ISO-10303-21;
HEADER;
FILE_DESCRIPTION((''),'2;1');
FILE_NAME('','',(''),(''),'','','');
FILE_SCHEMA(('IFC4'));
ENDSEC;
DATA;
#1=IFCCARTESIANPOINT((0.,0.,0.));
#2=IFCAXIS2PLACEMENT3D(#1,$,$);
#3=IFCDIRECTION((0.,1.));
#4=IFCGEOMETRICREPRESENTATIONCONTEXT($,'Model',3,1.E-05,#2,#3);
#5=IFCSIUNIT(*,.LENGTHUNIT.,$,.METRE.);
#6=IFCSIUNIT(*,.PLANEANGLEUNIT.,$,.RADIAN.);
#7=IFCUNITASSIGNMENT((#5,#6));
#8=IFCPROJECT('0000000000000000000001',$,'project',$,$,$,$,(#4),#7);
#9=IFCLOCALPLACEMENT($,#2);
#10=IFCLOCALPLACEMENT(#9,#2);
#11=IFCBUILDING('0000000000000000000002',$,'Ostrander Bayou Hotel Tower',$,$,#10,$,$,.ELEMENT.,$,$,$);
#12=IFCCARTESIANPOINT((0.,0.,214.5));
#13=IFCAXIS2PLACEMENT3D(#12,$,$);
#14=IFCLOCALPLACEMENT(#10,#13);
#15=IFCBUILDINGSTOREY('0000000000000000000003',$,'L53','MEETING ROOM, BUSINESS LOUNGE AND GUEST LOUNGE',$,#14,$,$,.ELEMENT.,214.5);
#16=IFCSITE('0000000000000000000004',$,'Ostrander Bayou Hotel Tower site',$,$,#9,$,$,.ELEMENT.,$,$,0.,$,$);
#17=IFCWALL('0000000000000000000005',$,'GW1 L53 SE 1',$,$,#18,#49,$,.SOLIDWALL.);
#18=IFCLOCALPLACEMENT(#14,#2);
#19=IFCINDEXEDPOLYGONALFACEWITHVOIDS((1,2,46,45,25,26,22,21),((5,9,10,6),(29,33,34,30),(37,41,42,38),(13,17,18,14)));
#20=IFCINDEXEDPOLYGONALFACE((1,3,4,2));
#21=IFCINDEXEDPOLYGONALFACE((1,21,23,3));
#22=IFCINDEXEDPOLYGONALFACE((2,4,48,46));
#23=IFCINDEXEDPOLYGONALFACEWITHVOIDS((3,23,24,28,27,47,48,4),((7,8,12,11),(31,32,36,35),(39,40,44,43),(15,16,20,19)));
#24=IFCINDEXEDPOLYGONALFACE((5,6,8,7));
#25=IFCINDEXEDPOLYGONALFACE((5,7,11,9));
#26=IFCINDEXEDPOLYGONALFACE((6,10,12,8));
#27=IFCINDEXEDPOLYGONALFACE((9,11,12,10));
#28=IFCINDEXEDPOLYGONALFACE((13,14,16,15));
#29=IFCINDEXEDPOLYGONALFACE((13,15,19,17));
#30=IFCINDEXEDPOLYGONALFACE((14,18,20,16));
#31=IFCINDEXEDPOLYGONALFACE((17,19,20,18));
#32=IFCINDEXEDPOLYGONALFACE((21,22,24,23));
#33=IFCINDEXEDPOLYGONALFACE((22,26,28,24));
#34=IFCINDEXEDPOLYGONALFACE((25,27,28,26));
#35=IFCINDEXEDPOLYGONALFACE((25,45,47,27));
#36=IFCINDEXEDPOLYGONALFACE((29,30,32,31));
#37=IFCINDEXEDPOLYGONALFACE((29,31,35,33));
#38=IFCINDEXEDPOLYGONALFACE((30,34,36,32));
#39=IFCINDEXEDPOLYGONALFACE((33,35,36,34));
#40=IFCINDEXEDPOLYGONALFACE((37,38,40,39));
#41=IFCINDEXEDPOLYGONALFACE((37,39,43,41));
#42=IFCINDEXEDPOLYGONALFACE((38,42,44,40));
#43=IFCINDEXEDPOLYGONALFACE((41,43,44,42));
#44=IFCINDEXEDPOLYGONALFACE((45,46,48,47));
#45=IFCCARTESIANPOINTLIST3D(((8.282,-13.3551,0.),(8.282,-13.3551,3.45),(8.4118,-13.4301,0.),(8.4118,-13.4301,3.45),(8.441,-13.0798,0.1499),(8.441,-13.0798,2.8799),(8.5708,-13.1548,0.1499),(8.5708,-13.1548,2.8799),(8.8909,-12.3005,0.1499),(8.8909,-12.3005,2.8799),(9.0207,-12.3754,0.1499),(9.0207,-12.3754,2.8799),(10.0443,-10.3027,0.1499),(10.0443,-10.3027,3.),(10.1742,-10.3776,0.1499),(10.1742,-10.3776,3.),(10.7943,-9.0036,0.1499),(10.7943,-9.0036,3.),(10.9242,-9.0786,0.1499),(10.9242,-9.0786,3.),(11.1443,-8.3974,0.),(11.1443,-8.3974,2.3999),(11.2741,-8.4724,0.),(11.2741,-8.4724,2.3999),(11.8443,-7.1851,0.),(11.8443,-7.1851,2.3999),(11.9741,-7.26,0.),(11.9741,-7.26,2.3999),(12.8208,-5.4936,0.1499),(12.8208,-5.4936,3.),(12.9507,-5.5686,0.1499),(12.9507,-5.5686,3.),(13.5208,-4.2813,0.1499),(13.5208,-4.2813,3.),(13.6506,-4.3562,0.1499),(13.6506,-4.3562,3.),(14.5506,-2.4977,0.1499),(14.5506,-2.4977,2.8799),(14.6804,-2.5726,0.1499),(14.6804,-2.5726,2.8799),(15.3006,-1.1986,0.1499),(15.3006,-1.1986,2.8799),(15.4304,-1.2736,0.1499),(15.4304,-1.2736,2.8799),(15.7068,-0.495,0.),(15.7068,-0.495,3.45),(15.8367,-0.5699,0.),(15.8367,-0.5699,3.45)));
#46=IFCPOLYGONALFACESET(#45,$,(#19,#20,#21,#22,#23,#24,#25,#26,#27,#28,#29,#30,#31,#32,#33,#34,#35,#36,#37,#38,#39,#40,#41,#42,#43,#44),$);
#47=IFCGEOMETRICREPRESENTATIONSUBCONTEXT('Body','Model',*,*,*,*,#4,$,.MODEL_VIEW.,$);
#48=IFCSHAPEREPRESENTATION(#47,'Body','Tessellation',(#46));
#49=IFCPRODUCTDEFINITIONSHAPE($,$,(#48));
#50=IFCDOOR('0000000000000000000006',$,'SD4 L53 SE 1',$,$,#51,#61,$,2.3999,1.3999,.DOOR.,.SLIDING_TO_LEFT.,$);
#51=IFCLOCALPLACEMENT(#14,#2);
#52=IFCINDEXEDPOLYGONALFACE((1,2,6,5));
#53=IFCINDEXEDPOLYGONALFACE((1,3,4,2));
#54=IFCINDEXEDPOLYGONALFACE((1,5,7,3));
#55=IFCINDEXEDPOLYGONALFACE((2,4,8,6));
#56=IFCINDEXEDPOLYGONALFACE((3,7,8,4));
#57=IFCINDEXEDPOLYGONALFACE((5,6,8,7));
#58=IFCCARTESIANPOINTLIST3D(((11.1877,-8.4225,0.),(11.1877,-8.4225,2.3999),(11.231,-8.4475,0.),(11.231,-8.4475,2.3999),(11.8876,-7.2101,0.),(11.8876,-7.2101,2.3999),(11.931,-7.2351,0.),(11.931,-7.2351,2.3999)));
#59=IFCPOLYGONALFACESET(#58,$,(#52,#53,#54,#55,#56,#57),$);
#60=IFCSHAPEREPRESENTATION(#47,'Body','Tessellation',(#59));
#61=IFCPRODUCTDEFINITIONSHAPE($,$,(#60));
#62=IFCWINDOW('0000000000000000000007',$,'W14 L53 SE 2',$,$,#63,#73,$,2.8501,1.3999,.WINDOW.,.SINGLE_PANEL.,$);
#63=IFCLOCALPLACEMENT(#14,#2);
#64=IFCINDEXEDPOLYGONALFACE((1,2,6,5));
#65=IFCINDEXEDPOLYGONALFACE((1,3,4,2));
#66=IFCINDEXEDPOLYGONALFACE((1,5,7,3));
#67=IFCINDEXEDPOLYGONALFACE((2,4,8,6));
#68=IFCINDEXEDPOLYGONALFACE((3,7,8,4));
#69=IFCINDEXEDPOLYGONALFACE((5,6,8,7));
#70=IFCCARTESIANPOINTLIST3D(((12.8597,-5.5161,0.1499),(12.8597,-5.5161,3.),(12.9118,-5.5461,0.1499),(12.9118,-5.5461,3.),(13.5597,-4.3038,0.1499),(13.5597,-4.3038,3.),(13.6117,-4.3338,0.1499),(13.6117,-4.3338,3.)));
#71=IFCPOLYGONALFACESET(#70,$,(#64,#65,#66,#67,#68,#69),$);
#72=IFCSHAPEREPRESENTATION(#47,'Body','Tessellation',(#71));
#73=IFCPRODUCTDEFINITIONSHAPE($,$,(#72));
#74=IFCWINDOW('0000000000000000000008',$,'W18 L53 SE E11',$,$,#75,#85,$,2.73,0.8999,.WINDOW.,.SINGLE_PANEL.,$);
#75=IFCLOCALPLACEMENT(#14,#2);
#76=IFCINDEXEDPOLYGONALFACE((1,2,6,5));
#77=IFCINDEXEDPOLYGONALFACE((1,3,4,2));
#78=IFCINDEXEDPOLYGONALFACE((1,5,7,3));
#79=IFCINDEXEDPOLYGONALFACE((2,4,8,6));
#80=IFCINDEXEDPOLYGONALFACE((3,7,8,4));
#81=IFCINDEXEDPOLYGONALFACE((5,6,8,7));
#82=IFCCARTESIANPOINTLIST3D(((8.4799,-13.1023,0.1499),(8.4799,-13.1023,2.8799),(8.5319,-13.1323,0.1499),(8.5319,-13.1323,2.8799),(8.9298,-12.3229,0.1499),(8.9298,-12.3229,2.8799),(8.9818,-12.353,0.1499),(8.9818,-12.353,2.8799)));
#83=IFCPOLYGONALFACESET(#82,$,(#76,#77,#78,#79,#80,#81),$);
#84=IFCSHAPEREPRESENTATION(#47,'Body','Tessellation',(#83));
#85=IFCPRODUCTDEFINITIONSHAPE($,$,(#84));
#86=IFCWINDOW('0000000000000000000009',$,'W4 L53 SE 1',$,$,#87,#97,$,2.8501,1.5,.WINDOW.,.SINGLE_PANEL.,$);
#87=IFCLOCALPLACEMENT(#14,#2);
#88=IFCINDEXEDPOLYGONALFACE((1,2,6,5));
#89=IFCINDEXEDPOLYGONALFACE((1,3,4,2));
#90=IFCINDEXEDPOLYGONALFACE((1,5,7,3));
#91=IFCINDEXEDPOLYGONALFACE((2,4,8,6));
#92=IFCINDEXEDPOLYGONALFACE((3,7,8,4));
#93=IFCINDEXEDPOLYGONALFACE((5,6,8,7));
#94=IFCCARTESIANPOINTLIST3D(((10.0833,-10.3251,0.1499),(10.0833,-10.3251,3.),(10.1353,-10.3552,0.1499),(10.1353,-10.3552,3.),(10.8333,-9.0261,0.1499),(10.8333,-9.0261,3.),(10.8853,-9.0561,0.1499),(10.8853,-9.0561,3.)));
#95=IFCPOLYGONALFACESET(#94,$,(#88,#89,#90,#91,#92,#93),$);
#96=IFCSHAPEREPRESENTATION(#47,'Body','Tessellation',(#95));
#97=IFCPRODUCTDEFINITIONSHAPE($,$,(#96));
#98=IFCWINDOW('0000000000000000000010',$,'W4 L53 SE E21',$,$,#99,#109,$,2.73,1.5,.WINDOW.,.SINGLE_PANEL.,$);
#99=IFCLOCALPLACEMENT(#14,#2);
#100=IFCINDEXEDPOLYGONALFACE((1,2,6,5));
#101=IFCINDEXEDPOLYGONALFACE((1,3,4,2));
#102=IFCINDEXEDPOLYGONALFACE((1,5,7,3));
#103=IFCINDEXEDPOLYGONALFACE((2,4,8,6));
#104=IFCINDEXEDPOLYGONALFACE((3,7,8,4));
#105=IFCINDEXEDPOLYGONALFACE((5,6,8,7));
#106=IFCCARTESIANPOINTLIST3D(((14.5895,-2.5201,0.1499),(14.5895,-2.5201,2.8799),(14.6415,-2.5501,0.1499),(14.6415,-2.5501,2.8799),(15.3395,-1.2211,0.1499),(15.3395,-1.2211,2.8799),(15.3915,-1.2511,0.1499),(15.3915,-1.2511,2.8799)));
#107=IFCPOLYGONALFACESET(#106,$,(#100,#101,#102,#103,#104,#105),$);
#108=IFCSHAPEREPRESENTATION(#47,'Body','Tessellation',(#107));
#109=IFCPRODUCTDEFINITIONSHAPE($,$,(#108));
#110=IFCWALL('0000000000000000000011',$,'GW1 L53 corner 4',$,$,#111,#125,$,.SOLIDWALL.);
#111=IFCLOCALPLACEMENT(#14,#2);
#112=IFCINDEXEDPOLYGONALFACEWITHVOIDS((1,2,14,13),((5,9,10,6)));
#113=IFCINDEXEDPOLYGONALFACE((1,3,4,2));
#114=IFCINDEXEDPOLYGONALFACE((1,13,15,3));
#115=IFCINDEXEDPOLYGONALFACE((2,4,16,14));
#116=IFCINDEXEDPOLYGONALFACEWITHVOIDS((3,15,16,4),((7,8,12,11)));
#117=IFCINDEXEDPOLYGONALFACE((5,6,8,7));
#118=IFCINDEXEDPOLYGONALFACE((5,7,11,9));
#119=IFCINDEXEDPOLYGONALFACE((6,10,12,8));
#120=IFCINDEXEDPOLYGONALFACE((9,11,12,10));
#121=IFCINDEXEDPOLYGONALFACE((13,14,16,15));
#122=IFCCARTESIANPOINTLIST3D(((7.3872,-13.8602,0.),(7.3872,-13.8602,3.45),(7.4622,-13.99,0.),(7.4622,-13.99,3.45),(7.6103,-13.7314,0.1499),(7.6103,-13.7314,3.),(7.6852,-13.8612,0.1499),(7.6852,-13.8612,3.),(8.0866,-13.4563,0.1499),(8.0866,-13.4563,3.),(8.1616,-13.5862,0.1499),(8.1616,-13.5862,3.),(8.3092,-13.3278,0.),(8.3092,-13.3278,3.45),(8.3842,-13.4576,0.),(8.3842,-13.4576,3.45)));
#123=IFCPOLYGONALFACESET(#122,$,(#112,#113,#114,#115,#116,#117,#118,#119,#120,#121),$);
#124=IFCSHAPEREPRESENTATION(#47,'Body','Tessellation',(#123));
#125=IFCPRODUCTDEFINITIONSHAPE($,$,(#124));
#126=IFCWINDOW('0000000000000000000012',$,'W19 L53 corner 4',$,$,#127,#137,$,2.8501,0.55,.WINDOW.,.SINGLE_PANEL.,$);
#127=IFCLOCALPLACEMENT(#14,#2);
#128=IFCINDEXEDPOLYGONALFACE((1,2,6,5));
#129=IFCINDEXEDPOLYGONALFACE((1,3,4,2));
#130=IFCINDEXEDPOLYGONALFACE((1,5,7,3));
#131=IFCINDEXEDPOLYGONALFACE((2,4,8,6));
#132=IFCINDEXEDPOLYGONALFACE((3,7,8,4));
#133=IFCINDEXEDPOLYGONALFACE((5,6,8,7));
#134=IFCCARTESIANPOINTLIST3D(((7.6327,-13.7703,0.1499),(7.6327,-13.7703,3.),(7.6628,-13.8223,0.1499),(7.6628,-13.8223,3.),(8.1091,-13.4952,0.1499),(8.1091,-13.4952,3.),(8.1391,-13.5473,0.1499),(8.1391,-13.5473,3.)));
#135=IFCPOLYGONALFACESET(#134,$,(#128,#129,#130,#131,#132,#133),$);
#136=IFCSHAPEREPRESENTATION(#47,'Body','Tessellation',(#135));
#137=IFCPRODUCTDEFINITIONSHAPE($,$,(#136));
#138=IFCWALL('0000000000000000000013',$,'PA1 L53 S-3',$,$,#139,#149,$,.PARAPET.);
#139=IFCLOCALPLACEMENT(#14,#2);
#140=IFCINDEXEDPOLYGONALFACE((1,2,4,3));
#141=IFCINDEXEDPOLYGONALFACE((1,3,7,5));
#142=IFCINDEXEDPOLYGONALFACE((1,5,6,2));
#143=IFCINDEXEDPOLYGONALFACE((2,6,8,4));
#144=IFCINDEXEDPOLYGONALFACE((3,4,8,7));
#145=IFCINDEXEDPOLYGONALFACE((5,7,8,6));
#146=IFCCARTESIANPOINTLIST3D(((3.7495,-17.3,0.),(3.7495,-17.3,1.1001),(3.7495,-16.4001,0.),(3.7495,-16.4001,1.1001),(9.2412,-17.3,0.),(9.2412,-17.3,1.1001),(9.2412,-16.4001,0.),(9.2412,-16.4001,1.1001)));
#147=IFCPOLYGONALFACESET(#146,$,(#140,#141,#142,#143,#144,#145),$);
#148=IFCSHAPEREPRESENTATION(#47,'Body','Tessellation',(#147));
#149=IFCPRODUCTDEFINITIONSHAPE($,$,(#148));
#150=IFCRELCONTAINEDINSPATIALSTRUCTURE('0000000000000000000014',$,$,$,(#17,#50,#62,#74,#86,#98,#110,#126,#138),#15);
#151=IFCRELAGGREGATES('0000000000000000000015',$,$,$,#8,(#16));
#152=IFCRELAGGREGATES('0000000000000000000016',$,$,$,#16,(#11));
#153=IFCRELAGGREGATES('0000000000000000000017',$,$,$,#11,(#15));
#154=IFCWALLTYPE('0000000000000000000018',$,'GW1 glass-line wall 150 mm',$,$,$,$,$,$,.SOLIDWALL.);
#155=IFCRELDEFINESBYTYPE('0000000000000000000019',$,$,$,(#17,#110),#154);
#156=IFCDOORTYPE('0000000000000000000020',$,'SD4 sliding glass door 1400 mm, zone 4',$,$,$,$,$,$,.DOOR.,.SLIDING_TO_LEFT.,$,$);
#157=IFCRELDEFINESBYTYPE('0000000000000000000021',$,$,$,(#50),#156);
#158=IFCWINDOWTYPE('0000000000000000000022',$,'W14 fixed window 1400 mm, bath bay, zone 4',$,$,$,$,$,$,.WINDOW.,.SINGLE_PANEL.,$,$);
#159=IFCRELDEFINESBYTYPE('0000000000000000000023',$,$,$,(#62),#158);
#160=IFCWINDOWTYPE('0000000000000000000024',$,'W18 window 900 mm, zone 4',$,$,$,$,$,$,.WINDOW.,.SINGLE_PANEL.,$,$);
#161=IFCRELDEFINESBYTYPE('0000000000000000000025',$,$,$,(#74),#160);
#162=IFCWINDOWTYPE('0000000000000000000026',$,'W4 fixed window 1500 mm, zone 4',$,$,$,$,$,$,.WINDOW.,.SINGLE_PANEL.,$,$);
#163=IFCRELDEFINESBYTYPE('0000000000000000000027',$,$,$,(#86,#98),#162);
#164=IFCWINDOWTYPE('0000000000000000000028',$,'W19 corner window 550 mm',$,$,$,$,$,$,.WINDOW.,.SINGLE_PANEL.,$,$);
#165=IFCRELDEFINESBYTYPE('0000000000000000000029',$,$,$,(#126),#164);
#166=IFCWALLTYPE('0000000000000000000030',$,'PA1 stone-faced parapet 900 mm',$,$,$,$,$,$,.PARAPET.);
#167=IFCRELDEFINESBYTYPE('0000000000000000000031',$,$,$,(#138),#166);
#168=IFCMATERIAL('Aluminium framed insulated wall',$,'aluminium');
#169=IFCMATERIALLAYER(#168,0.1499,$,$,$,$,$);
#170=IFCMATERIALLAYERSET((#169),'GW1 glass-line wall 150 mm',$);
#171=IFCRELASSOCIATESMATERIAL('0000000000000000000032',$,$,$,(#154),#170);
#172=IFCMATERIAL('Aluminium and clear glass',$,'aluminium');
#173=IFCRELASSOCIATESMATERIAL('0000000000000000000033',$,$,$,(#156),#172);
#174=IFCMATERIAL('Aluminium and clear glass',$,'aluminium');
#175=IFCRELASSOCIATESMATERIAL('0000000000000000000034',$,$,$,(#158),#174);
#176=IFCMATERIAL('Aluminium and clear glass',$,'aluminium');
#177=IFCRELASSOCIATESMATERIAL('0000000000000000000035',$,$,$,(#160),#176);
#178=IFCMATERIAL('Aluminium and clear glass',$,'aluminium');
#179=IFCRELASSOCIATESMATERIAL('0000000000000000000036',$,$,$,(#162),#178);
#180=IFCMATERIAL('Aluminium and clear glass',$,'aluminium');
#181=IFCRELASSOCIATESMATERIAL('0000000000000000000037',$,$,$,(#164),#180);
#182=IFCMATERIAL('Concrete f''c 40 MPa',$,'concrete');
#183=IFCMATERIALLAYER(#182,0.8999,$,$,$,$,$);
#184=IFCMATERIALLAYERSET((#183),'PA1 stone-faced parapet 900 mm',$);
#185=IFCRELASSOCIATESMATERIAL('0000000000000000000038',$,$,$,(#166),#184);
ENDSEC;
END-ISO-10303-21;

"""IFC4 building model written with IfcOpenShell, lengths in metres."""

from ifc_helpers import new_model, si_unit, direction, frame, frame_2d, origin, place, context, subcontext, project, spatial, rectangle, extrude, material, layer, layer_set, type_object, element, fill, save


model = new_model("IFC4")

# Units and contexts
model_context = context("Model", 3, precision=1e-05, world=origin(), true_north=direction((0.0, 1.0)))
body_context = subcontext(model_context, "Body", "Model", "MODEL_VIEW")
ifc_project = project(units=[si_unit("LENGTHUNIT", "METRE"), si_unit("PLANEANGLEUNIT", "RADIAN")], contexts=[model_context])

# Site, building, storey
site_placement = place(None, origin())
site = spatial("IfcSite", under=ifc_project, at=site_placement, Name="Ostrander Bayou Hotel Tower site", CompositionType="ELEMENT", RefElevation=0.0)
building_placement = place(site_placement, origin())
building = spatial("IfcBuilding", under=site, at=building_placement, Name="Ostrander Bayou Hotel Tower", CompositionType="ELEMENT")
storey_placement = place(building_placement, frame((0.0, 0.0, 214.5)))
storey = spatial("IfcBuildingStorey", under=building, at=storey_placement, Name="L53", Description="MEETING ROOM, BUSINESS LOUNGE AND GUEST LOUNGE", CompositionType="ELEMENT", Elevation=214.5)

# Wall, openings, door, windows
ifc_material_1 = material(Name="Aluminium framed insulated wall", Category="aluminium")
ifc_layer_1 = layer(ifc_material_1, 0.1499)
ifc_layer_set_1 = layer_set([ifc_layer_1], Name="GW1 glass-line wall 150 mm")
wall_type_1 = type_object("IfcWallType", Name="GW1 glass-line wall 150 mm", PredefinedType="SOLIDWALL", material=ifc_layer_set_1)
wall_1_placement = place(storey_placement, frame((8.3469, -13.3926, 0.0), z_axis=(0.0, 0.0, 1.0), x_axis=(0.500001, 0.866025, 0.0)))
wall_1 = element("IfcWall", 1, at=wall_1_placement, inside=storey, type_object=wall_type_1, Name="GW1 L53 SE 1", PredefinedType="SOLIDWALL", context=body_context, shape_type="SweptSolid", body=[
    extrude(rectangle(XDim=14.8496, YDim=0.1499, at=frame_2d((7.4248, 0.0))), origin(), (0.0, 0.0, 1.0), 3.45),
])
opening_1_placement = place(wall_1_placement, frame((3.5247, 0.0, 0.1499)))
opening_1 = element("IfcOpeningElement", 2, at=opening_1_placement, cuts=wall_1, PredefinedType="OPENING", context=body_context, shape_type="SweptSolid", body=[
    extrude(rectangle(XDim=1.5, YDim=2.8501, at=frame_2d((0.75, 1.425))), frame((0.0, 0.075, 0.0), z_axis=(0.0, -1.0, 0.0), x_axis=(1.0, 0.0, 0.0)), (0.0, 0.0, 1.0), 0.1499),
])
opening_2_placement = place(wall_1_placement, frame((5.7246, 0.0, 0.0)))
opening_2 = element("IfcOpeningElement", 3, at=opening_2_placement, cuts=wall_1, PredefinedType="OPENING", context=body_context, shape_type="SweptSolid", body=[
    extrude(rectangle(XDim=1.3999, YDim=2.3999, at=frame_2d((0.7, 1.2))), frame((0.0, 0.075, 0.0), z_axis=(0.0, -1.0, 0.0), x_axis=(1.0, 0.0, 0.0)), (0.0, 0.0, 1.0), 0.1499),
])
opening_3_placement = place(wall_1_placement, frame((9.0776, 0.0, 0.1499)))
opening_3 = element("IfcOpeningElement", 4, at=opening_3_placement, cuts=wall_1, PredefinedType="OPENING", context=body_context, shape_type="SweptSolid", body=[
    extrude(rectangle(XDim=1.3999, YDim=2.8501, at=frame_2d((0.7, 1.425))), frame((0.0, 0.075, 0.0), z_axis=(0.0, -1.0, 0.0), x_axis=(1.0, 0.0, 0.0)), (0.0, 0.0, 1.0), 0.1499),
])
opening_4_placement = place(wall_1_placement, frame((0.3179, 0.0, 0.1499)))
opening_4 = element("IfcOpeningElement", 5, at=opening_4_placement, cuts=wall_1, PredefinedType="OPENING", context=body_context, shape_type="SweptSolid", body=[
    extrude(rectangle(XDim=0.8999, YDim=2.73, at=frame_2d((0.45, 1.365))), frame((0.0, 0.075, 0.0), z_axis=(0.0, -1.0, 0.0), x_axis=(1.0, 0.0, 0.0)), (0.0, 0.0, 1.0), 0.1499),
])
opening_5_placement = place(wall_1_placement, frame((12.5371, 0.0, 0.1499)))
opening_5 = element("IfcOpeningElement", 6, at=opening_5_placement, cuts=wall_1, PredefinedType="OPENING", context=body_context, shape_type="SweptSolid", body=[
    extrude(rectangle(XDim=1.5, YDim=2.73, at=frame_2d((0.75, 1.365))), frame((0.0, 0.075, 0.0), z_axis=(0.0, -1.0, 0.0), x_axis=(1.0, 0.0, 0.0)), (0.0, 0.0, 1.0), 0.1499),
])
ifc_material_2 = material(Name="Aluminium and clear glass", Category="aluminium")
door_type = type_object("IfcDoorType", Name="SD4 sliding glass door 1400 mm, zone 4", OperationType="SLIDING_TO_LEFT", PredefinedType="DOOR", material=ifc_material_2)
door_placement = place(opening_2_placement, origin())
door = element("IfcDoor", 7, at=door_placement, inside=storey, type_object=door_type, Name="SD4 L53 SE 1", OperationType="SLIDING_TO_LEFT", OverallHeight=2.3999, OverallWidth=1.3999, PredefinedType="DOOR", context=body_context, shape_type="SweptSolid", body=[
    extrude(rectangle(XDim=1.3999, YDim=2.3999, at=frame_2d((0.7, 1.2))), frame((0.0, 0.0249, 0.0), z_axis=(0.0, -1.0, 0.0), x_axis=(1.0, 0.0, 0.0)), (0.0, 0.0, 1.0), 0.05),
])
fill(opening_2, door)
ifc_material_3 = material(Name="Aluminium and clear glass", Category="aluminium")
window_type_1 = type_object("IfcWindowType", Name="W14 fixed window 1400 mm, bath bay, zone 4", PartitioningType="SINGLE_PANEL", PredefinedType="WINDOW", material=ifc_material_3)
window_1_placement = place(opening_3_placement, origin())
window_1 = element("IfcWindow", 8, at=window_1_placement, inside=storey, type_object=window_type_1, Name="W14 L53 SE 2", OverallHeight=2.8501, OverallWidth=1.3999, PartitioningType="SINGLE_PANEL", PredefinedType="WINDOW", context=body_context, shape_type="SweptSolid", body=[
    extrude(rectangle(XDim=1.3999, YDim=2.8501, at=frame_2d((0.7, 1.425))), frame((0.0, 0.03, 0.0), z_axis=(0.0, -1.0, 0.0), x_axis=(1.0, 0.0, 0.0)), (0.0, 0.0, 1.0), 0.0601),
])
fill(opening_3, window_1)
ifc_material_4 = material(Name="Aluminium and clear glass", Category="aluminium")
window_type_2 = type_object("IfcWindowType", Name="W18 window 900 mm, zone 4", PartitioningType="SINGLE_PANEL", PredefinedType="WINDOW", material=ifc_material_4)
window_2_placement = place(opening_4_placement, origin())
window_2 = element("IfcWindow", 9, at=window_2_placement, inside=storey, type_object=window_type_2, Name="W18 L53 SE E11", OverallHeight=2.73, OverallWidth=0.8999, PartitioningType="SINGLE_PANEL", PredefinedType="WINDOW", context=body_context, shape_type="SweptSolid", body=[
    extrude(rectangle(XDim=0.8999, YDim=2.73, at=frame_2d((0.45, 1.365))), frame((0.0, 0.03, 0.0), z_axis=(0.0, -1.0, 0.0), x_axis=(1.0, 0.0, 0.0)), (0.0, 0.0, 1.0), 0.0601),
])
fill(opening_4, window_2)
ifc_material_5 = material(Name="Aluminium and clear glass", Category="aluminium")
window_type_3 = type_object("IfcWindowType", Name="W4 fixed window 1500 mm, zone 4", PartitioningType="SINGLE_PANEL", PredefinedType="WINDOW", material=ifc_material_5)
window_3_placement = place(opening_1_placement, origin())
window_3 = element("IfcWindow", 10, at=window_3_placement, inside=storey, type_object=window_type_3, Name="W4 L53 SE 1", OverallHeight=2.8501, OverallWidth=1.5, PartitioningType="SINGLE_PANEL", PredefinedType="WINDOW", context=body_context, shape_type="SweptSolid", body=[
    extrude(rectangle(XDim=1.5, YDim=2.8501, at=frame_2d((0.75, 1.425))), frame((0.0, 0.03, 0.0), z_axis=(0.0, -1.0, 0.0), x_axis=(1.0, 0.0, 0.0)), (0.0, 0.0, 1.0), 0.0601),
])
fill(opening_1, window_3)
window_4_placement = place(opening_5_placement, origin())
window_4 = element("IfcWindow", 11, at=window_4_placement, inside=storey, type_object=window_type_3, Name="W4 L53 SE E21", OverallHeight=2.73, OverallWidth=1.5, PartitioningType="SINGLE_PANEL", PredefinedType="WINDOW", context=body_context, shape_type="SweptSolid", body=[
    extrude(rectangle(XDim=1.5, YDim=2.73, at=frame_2d((0.75, 1.365))), frame((0.0, 0.03, 0.0), z_axis=(0.0, -1.0, 0.0), x_axis=(1.0, 0.0, 0.0)), (0.0, 0.0, 1.0), 0.0601),
])
fill(opening_5, window_4)

# Wall, opening, window
wall_2_placement = place(storey_placement, frame((7.4248, -13.925, 0.0), z_axis=(0.0, 0.0, 1.0), x_axis=(0.865991, 0.50006, 0.0)))
wall_2 = element("IfcWall", 12, at=wall_2_placement, inside=storey, type_object=wall_type_1, Name="GW1 L53 corner 4", PredefinedType="SOLIDWALL", context=body_context, shape_type="SweptSolid", body=[
    extrude(rectangle(XDim=1.0647, YDim=0.1499, at=frame_2d((0.5322, 0.0))), origin(), (0.0, 0.0, 1.0), 3.45),
])
opening_6_placement = place(wall_2_placement, frame((0.2576, 0.0, 0.1499)))
opening_6 = element("IfcOpeningElement", 13, at=opening_6_placement, cuts=wall_2, PredefinedType="OPENING", context=body_context, shape_type="SweptSolid", body=[
    extrude(rectangle(XDim=0.55, YDim=2.8501, at=frame_2d((0.2749, 1.425))), frame((0.0, 0.075, 0.0), z_axis=(0.0, -1.0, 0.0), x_axis=(1.0, 0.0, 0.0)), (0.0, 0.0, 1.0), 0.1499),
])
ifc_material_6 = material(Name="Aluminium and clear glass", Category="aluminium")
window_type_4 = type_object("IfcWindowType", Name="W19 corner window 550 mm", PartitioningType="SINGLE_PANEL", PredefinedType="WINDOW", material=ifc_material_6)
window_5_placement = place(opening_6_placement, origin())
window_5 = element("IfcWindow", 14, at=window_5_placement, inside=storey, type_object=window_type_4, Name="W19 L53 corner 4", OverallHeight=2.8501, OverallWidth=0.55, PartitioningType="SINGLE_PANEL", PredefinedType="WINDOW", context=body_context, shape_type="SweptSolid", body=[
    extrude(rectangle(XDim=0.55, YDim=2.8501, at=frame_2d((0.2749, 1.425))), frame((0.0, 0.03, 0.0), z_axis=(0.0, -1.0, 0.0), x_axis=(1.0, 0.0, 0.0)), (0.0, 0.0, 1.0), 0.0601),
])
fill(opening_6, window_5)

# Wall
ifc_material_7 = material(Name="Concrete f'c 40 MPa", Category="concrete")
ifc_layer_2 = layer(ifc_material_7, 0.8999)
ifc_layer_set_2 = layer_set([ifc_layer_2], Name="PA1 stone-faced parapet 900 mm")
wall_type_2 = type_object("IfcWallType", Name="PA1 stone-faced parapet 900 mm", PredefinedType="PARAPET", material=ifc_layer_set_2)
wall_3_placement = place(storey_placement, frame((3.7495, -16.8501, 0.0), z_axis=(0.0, 0.0, 1.0), x_axis=(1.0, 0.0, 0.0)))
element("IfcWall", 15, at=wall_3_placement, inside=storey, type_object=wall_type_2, Name="PA1 L53 S-3", PredefinedType="PARAPET", context=body_context, shape_type="SweptSolid", body=[
    extrude(rectangle(XDim=5.4917, YDim=0.8999, at=frame_2d((2.7458, 0.0))), origin(), (0.0, 0.0, 1.0), 1.1001),
])

save(model, "model.ifc")
